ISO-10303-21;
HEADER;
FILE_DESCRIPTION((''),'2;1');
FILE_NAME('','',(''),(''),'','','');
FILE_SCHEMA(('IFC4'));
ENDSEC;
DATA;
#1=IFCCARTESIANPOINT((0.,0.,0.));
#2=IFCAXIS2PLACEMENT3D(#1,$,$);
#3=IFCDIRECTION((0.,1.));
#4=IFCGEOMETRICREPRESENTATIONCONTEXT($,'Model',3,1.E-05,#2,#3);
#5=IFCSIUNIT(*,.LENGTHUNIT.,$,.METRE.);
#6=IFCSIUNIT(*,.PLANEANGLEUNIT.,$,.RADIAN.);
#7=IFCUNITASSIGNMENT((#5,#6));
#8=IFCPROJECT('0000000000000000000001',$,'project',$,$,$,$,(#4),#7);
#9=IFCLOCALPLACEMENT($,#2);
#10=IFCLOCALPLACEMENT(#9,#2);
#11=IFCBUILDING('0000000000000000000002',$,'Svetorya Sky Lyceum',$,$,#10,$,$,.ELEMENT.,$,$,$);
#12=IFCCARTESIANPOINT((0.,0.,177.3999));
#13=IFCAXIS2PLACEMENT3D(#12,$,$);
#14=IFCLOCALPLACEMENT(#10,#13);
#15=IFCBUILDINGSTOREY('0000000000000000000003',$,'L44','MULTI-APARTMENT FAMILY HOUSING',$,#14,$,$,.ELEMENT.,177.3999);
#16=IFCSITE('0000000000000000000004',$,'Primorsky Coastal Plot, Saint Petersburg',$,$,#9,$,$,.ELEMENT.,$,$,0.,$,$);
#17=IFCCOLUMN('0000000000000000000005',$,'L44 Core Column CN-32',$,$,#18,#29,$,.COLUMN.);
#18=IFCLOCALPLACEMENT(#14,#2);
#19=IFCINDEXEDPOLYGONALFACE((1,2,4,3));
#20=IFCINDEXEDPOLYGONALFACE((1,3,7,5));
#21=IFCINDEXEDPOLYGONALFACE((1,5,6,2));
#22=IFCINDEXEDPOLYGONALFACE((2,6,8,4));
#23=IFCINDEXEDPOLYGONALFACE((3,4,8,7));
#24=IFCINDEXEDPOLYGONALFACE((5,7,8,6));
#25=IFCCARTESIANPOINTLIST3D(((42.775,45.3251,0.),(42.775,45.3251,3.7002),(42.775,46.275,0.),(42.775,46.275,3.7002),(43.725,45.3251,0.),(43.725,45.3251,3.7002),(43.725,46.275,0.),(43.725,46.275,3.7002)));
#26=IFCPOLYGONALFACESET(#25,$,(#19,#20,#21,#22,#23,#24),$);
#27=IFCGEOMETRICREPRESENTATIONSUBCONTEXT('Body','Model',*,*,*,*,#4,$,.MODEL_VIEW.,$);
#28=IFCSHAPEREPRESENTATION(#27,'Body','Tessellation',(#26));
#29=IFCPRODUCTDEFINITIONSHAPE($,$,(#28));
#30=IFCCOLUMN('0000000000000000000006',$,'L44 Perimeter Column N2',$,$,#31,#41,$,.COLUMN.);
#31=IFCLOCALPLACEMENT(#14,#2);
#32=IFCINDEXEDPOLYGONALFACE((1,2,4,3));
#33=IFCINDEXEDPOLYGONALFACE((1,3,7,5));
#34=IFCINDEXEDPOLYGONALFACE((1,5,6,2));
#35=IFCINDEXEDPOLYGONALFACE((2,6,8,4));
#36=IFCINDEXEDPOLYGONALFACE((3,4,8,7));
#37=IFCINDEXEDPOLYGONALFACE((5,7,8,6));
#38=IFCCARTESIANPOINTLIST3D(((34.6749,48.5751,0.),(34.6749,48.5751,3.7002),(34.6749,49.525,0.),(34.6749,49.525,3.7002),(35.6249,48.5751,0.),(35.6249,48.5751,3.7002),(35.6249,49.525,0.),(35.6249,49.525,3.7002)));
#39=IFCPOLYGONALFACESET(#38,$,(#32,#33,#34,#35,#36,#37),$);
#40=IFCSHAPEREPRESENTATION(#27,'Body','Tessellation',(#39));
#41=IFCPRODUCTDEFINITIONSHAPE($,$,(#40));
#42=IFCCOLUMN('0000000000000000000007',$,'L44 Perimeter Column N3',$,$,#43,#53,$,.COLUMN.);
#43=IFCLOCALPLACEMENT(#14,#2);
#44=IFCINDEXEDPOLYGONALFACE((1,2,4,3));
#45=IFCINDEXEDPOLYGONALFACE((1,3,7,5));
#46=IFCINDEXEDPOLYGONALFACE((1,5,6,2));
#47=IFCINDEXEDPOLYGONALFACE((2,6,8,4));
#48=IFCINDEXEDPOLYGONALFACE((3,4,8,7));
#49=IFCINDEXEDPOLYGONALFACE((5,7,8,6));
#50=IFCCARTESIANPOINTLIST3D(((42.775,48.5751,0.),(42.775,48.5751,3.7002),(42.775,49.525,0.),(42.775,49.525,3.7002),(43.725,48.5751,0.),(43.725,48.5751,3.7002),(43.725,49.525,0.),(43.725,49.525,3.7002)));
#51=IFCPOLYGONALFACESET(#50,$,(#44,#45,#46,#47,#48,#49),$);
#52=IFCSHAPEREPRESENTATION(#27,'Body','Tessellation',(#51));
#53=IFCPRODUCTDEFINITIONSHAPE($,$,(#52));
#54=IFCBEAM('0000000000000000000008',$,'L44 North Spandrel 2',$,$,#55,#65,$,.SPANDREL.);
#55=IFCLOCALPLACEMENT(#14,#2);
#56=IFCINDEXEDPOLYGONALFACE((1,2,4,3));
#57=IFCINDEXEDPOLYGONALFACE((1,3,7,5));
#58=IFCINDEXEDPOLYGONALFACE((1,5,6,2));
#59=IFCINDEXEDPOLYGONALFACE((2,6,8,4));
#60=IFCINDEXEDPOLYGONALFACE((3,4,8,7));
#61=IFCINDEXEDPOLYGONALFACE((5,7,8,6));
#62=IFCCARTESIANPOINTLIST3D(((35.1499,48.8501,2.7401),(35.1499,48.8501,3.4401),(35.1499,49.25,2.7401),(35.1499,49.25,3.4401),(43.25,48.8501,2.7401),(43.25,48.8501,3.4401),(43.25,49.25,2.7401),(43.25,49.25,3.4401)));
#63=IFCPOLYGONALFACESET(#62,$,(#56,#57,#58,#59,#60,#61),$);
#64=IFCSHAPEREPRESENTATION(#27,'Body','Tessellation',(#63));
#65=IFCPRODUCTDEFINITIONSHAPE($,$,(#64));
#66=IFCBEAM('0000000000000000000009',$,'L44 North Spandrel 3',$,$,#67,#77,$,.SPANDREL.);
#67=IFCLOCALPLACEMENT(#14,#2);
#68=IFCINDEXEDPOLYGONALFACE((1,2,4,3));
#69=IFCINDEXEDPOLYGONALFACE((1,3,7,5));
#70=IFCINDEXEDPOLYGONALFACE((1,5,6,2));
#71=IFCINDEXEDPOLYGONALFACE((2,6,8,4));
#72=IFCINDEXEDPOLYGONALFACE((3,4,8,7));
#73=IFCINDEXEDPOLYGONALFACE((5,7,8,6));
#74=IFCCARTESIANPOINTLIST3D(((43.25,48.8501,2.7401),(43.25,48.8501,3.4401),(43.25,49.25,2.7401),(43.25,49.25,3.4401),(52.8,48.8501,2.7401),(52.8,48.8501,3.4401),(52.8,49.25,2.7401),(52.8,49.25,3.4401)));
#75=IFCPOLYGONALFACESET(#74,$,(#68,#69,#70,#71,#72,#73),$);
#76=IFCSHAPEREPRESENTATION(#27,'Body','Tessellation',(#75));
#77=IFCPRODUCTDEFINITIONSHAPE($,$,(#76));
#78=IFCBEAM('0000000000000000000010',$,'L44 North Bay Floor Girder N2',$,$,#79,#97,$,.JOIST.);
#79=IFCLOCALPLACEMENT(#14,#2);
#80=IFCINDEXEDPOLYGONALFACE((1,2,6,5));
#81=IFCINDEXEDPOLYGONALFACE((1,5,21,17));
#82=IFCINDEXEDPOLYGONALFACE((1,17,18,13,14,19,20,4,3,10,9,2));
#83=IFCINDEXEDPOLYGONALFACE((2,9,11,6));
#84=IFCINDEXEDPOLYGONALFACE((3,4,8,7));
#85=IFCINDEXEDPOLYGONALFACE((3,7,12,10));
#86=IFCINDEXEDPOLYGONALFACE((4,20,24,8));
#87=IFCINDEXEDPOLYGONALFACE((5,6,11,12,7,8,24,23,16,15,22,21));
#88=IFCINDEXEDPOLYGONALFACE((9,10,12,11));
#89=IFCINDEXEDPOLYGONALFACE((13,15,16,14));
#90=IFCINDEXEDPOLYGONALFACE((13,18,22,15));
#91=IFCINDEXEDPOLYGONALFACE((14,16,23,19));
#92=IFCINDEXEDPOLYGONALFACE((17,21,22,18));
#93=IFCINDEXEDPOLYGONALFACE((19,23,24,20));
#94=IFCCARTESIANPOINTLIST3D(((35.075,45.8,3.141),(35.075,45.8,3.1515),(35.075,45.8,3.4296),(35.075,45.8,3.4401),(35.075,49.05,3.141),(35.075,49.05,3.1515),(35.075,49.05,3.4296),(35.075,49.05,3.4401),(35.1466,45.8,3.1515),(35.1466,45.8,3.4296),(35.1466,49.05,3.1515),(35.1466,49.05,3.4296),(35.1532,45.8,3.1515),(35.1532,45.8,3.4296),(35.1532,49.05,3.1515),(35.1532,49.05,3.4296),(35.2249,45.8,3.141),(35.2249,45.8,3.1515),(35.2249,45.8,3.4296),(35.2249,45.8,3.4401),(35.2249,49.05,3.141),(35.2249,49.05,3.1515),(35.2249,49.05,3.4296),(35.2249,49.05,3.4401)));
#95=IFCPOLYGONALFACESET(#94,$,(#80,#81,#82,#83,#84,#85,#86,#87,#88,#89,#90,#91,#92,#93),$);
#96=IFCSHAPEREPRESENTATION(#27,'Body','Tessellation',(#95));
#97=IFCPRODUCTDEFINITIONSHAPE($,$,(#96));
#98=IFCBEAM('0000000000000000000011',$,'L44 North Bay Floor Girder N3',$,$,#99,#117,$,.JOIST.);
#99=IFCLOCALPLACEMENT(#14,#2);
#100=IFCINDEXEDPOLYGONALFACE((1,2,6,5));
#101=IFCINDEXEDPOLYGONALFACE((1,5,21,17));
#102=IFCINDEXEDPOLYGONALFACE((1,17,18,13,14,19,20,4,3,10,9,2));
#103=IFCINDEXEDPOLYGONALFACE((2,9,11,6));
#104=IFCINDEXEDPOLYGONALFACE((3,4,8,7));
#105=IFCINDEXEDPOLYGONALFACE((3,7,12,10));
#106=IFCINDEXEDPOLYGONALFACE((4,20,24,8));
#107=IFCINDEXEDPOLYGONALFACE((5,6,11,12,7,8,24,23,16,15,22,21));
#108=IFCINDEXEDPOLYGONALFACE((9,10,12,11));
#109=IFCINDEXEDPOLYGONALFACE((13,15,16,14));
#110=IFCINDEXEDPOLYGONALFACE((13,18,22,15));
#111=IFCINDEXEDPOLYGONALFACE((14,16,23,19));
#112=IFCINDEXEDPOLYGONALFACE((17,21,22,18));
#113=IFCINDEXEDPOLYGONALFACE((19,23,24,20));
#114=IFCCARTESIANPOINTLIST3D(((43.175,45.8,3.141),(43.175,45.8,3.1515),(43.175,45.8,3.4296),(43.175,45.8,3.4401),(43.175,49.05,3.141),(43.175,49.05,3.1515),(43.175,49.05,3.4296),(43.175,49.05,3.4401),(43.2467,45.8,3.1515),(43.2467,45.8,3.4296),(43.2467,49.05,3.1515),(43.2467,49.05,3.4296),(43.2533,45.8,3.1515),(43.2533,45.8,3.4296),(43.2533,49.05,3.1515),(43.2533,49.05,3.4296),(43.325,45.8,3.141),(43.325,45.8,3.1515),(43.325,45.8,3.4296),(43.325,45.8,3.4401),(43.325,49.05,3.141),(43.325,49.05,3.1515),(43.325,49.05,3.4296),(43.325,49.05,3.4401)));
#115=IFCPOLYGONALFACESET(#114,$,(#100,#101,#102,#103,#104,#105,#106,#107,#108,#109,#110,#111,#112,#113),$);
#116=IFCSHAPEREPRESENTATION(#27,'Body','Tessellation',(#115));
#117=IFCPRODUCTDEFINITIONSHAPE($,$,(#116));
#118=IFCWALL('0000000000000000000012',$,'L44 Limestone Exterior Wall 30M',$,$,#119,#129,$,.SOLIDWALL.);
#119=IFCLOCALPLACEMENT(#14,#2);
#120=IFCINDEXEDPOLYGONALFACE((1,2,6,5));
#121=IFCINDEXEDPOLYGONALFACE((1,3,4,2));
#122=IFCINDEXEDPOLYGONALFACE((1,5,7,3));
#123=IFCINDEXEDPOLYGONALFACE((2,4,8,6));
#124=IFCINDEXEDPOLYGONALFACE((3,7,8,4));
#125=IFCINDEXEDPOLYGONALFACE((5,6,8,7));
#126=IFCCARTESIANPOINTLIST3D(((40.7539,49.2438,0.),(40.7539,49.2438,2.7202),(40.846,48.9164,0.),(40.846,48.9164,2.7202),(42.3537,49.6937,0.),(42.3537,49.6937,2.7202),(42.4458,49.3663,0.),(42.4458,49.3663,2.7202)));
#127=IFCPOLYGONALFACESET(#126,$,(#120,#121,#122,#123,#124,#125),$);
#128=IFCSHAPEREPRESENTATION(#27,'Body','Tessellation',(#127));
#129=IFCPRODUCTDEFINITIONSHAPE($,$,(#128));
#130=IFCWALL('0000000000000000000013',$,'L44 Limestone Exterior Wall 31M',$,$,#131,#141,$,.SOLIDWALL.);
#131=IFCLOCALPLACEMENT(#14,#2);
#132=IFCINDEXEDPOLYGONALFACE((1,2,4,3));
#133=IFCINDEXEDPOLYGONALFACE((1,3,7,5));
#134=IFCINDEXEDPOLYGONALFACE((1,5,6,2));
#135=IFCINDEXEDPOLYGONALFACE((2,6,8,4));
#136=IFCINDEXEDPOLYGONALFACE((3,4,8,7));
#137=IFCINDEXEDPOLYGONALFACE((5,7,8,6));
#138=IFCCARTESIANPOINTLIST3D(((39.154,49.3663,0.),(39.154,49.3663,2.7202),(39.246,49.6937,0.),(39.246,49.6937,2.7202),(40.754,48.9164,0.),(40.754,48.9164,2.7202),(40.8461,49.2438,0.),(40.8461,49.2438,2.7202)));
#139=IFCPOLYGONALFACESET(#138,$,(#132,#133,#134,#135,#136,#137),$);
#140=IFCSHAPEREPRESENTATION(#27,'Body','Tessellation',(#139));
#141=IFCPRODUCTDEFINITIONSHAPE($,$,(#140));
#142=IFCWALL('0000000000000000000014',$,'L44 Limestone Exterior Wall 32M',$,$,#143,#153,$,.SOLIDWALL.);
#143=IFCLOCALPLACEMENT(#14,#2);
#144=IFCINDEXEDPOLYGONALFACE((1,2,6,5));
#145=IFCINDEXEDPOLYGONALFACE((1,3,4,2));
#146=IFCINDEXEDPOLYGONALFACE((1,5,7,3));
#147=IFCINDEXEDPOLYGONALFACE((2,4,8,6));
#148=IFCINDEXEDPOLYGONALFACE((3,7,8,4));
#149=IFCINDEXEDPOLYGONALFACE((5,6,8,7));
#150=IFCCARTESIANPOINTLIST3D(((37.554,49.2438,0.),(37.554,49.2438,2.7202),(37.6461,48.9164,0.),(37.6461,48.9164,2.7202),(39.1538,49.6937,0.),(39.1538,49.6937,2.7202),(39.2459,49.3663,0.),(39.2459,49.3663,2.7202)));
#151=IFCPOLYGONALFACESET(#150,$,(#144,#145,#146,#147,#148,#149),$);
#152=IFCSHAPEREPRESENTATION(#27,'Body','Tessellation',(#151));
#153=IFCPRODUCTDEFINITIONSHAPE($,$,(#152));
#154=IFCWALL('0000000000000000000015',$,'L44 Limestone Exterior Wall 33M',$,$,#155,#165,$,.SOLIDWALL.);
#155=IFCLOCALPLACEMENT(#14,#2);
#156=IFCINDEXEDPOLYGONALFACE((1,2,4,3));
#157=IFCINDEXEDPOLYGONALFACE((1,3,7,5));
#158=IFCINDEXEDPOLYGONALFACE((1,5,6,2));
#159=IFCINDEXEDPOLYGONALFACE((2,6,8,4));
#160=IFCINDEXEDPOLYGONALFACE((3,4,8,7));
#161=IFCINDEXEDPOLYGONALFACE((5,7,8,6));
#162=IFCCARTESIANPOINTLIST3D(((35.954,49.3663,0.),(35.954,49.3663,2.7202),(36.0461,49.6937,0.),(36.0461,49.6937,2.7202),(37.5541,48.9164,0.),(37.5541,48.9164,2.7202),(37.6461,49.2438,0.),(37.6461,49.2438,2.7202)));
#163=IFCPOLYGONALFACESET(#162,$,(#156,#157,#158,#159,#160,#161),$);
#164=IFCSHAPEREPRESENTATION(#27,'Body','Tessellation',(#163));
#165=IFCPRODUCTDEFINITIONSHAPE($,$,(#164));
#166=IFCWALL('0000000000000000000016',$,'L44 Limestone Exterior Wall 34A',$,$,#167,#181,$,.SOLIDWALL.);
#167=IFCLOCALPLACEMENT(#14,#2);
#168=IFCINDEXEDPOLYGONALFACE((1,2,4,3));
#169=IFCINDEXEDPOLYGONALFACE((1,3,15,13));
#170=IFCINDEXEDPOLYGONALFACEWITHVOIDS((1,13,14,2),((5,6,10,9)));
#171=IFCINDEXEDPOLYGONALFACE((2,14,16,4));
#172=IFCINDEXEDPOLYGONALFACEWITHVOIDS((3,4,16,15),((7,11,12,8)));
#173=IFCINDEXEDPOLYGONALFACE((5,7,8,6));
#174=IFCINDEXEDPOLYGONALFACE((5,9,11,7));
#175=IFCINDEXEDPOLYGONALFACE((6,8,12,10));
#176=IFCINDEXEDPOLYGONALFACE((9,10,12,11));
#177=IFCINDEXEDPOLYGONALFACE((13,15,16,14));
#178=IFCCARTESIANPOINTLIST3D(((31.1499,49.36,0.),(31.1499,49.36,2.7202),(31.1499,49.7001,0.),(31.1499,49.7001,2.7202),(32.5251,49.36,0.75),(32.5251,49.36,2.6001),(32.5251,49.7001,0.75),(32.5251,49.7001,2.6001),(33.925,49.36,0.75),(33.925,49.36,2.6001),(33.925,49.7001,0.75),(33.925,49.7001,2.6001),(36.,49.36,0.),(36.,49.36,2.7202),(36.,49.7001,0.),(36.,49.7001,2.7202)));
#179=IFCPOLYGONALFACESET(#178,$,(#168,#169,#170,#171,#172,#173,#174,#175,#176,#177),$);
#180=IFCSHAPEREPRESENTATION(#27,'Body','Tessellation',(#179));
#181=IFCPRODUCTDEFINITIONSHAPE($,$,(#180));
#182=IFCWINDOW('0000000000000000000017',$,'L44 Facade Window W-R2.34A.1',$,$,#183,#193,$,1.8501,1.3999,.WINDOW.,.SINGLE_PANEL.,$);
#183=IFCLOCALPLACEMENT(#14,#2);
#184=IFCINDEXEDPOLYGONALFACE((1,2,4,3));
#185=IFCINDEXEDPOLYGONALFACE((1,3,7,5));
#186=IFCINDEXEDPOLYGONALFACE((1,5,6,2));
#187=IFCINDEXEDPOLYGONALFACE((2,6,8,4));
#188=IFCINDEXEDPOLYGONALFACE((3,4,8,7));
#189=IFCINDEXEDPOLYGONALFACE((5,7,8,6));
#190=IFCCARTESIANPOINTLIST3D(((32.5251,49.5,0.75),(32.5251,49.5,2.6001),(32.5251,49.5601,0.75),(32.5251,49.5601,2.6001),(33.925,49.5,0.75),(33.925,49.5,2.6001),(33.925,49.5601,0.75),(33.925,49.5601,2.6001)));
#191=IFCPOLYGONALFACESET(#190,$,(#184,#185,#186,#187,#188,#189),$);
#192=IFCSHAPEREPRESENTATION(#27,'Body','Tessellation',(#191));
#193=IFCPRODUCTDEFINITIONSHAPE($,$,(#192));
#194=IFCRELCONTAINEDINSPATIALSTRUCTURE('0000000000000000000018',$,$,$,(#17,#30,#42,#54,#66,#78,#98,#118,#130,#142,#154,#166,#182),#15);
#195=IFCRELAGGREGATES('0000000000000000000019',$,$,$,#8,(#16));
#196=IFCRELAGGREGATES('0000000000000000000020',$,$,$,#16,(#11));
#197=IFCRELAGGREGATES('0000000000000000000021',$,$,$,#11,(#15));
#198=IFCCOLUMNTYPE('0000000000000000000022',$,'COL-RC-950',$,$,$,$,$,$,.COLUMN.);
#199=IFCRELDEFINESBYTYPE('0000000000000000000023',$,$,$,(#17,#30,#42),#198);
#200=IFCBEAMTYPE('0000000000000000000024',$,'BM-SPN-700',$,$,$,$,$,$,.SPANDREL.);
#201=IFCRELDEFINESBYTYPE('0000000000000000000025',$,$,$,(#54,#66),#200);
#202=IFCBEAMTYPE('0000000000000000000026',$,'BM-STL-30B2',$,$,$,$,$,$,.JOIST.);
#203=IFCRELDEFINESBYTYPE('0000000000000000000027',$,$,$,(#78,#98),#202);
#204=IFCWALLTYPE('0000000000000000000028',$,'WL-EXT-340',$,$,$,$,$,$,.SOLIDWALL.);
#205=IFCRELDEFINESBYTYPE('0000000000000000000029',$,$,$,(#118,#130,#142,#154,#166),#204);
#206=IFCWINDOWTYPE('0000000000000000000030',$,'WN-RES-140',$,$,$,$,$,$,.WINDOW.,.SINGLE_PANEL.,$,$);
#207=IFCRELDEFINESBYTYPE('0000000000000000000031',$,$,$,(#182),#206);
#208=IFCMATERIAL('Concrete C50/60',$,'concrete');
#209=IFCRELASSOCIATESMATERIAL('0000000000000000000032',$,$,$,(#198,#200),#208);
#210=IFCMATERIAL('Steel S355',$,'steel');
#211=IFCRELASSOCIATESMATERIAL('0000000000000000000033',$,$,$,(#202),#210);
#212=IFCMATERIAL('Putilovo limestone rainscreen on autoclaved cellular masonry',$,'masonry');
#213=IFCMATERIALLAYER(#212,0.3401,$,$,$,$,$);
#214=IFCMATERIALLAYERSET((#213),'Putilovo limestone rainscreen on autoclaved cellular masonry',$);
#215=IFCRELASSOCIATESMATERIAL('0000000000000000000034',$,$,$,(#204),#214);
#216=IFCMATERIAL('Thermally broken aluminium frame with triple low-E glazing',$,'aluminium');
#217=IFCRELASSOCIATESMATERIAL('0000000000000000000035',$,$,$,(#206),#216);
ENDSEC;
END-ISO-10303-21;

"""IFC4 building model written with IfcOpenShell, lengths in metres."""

from ifc_helpers import new_model, si_unit, direction, frame, frame_2d, origin, origin_2d, place, context, subcontext, project, spatial, rectangle, i_section, extrude, material, layer, layer_set, material_profile, profile_set, type_object, element, fill, save


model = new_model("IFC4")

# Units and contexts
model_context = context("Model", 3, precision=1e-05, world=origin(), true_north=direction((0.0, 1.0)))
body_context = subcontext(model_context, "Body", "Model", "MODEL_VIEW")
ifc_project = project(units=[si_unit("LENGTHUNIT", "METRE"), si_unit("PLANEANGLEUNIT", "RADIAN")], contexts=[model_context])

# Site, building, storey
site_placement = place(None, origin())
site = spatial("IfcSite", under=ifc_project, at=site_placement, Name="Primorsky Coastal Plot, Saint Petersburg", CompositionType="ELEMENT", RefElevation=0.0)
building_placement = place(site_placement, origin())
building = spatial("IfcBuilding", under=site, at=building_placement, Name="Svetorya Sky Lyceum", CompositionType="ELEMENT")
storey_placement = place(building_placement, frame((0.0, 0.0, 177.3999)))
storey = spatial("IfcBuildingStorey", under=building, at=storey_placement, Name="L44", Description="MULTI-APARTMENT FAMILY HOUSING", CompositionType="ELEMENT", Elevation=177.3999)

# Columns
ifc_material_1 = material(Name="Concrete C50/60", Category="concrete")
ifc_material_profile_1 = material_profile(ifc_material_1, rectangle(XDim=0.95, YDim=0.95, at=origin_2d()), Name="RC COL 950x950")
ifc_profile_set_1 = profile_set([ifc_material_profile_1], Name="Concrete C50/60")
column_type = type_object("IfcColumnType", Name="COL-RC-950", PredefinedType="COLUMN", material=ifc_profile_set_1)
for number, where, z_axis, x_axis, name in (
    (1, (43.25, 45.8, 0.0), (0.0, 0.0, 1.0), (1.0, 0.0, 0.0), "L44 Core Column CN-32"),
    (2, (35.1499, 49.05, 0.0), (0.0, 0.0, 1.0), (1.0, 0.0, 0.0), "L44 Perimeter Column N2"),
    (3, (43.25, 49.05, 0.0), (0.0, 0.0, 1.0), (1.0, 0.0, 0.0), "L44 Perimeter Column N3"),
):
    element("IfcColumn", number, at=place(storey_placement, frame(where, z_axis=z_axis, x_axis=x_axis)), inside=storey, type_object=column_type, Name=name, PredefinedType="COLUMN", context=body_context, shape_type="SweptSolid", body=[
        extrude(rectangle(XDim=0.95, YDim=0.95, at=origin_2d()), origin(), (0.0, 0.0, 1.0), 3.7002),
    ])

# Beams
ifc_material_profile_2 = material_profile(ifc_material_1, rectangle(XDim=0.3999, YDim=0.7, at=origin_2d()), Name="RC SPANDREL 400x700")
ifc_profile_set_2 = profile_set([ifc_material_profile_2], Name="Concrete C50/60")
beam_type_1 = type_object("IfcBeamType", Name="BM-SPN-700", PredefinedType="SPANDREL", material=ifc_profile_set_2)
beam_1_placement = place(storey_placement, frame((35.1499, 49.05, 3.0901), z_axis=(1.0, 0.0, 0.0), x_axis=(0.0, 1.0, 0.0)))
element("IfcBeam", 4, at=beam_1_placement, inside=storey, type_object=beam_type_1, Name="L44 North Spandrel 2", PredefinedType="SPANDREL", context=body_context, shape_type="SweptSolid", body=[
    extrude(rectangle(XDim=0.3999, YDim=0.7, at=origin_2d()), origin(), (0.0, 0.0, 1.0), 8.1001),
])
beam_2_placement = place(storey_placement, frame((43.25, 49.05, 3.0901), z_axis=(1.0, 0.0, 0.0), x_axis=(0.0, 1.0, 0.0)))
element("IfcBeam", 5, at=beam_2_placement, inside=storey, type_object=beam_type_1, Name="L44 North Spandrel 3", PredefinedType="SPANDREL", context=body_context, shape_type="SweptSolid", body=[
    extrude(rectangle(XDim=0.3999, YDim=0.7, at=origin_2d()), origin(), (0.0, 0.0, 1.0), 9.55),
])
ifc_material_2 = material(Name="Steel S355", Category="steel")
ifc_material_profile_3 = material_profile(ifc_material_2, i_section(OverallWidth=0.1499, OverallDepth=0.2991, WebThickness=0.0066, FlangeThickness=0.0105, at=origin_2d()), Name="GOST 30B2")
ifc_profile_set_3 = profile_set([ifc_material_profile_3], Name="Steel S355")
beam_type_2 = type_object("IfcBeamType", Name="BM-STL-30B2", PredefinedType="JOIST", material=ifc_profile_set_3)
for number, where, z_axis, x_axis, name in (
    (6, (35.1499, 45.8, 3.2905), (0.0, 1.0, 0.0), (-1.0, 0.0, 0.0), "L44 North Bay Floor Girder N2"),
    (7, (43.25, 45.8, 3.2905), (0.0, 1.0, 0.0), (-1.0, 0.0, 0.0), "L44 North Bay Floor Girder N3"),
):
    element("IfcBeam", number, at=place(storey_placement, frame(where, z_axis=z_axis, x_axis=x_axis)), inside=storey, type_object=beam_type_2, Name=name, PredefinedType="JOIST", context=body_context, shape_type="SweptSolid", body=[
        extrude(i_section(OverallWidth=0.1499, OverallDepth=0.2991, WebThickness=0.0066, FlangeThickness=0.0105, at=origin_2d()), origin(), (0.0, 0.0, 1.0), 3.25),
    ])

# Walls
ifc_material_3 = material(Name="Putilovo limestone rainscreen on autoclaved cellular masonry", Category="masonry")
ifc_layer_1 = layer(ifc_material_3, 0.3401)
ifc_layer_set_1 = layer_set([ifc_layer_1], Name="Putilovo limestone rainscreen on autoclaved cellular masonry")
wall_type_1 = type_object("IfcWallType", Name="WL-EXT-340", PredefinedType="SOLIDWALL", material=ifc_layer_set_1)
wall_1_placement = place(storey_placement, frame((42.3999, 49.53, 0.0), z_axis=(0.0, 0.0, 1.0), x_axis=(-0.962652, -0.270741, 0.0)))
element("IfcWall", 8, at=wall_1_placement, inside=storey, type_object=wall_type_1, Name="L44 Limestone Exterior Wall 30M", PredefinedType="SOLIDWALL", context=body_context, shape_type="SweptSolid", body=[
    extrude(rectangle(XDim=1.6619, YDim=0.3401, at=frame_2d((0.8311, 0.0))), origin(), (0.0, 0.0, 1.0), 2.7202),
])
wall_2_placement = place(storey_placement, frame((40.8, 49.0801, 0.0), z_axis=(0.0, 0.0, 1.0), x_axis=(-0.962663, 0.270703, 0.0)))
element("IfcWall", 9, at=wall_2_placement, inside=storey, type_object=wall_type_1, Name="L44 Limestone Exterior Wall 31M", PredefinedType="SOLIDWALL", context=body_context, shape_type="SweptSolid", body=[
    extrude(rectangle(XDim=1.6621, YDim=0.3401, at=frame_2d((0.8311, 0.0))), origin(), (0.0, 0.0, 1.0), 2.7202),
])
wall_3_placement = place(storey_placement, frame((39.2, 49.53, 0.0), z_axis=(0.0, 0.0, 1.0), x_axis=(-0.962652, -0.270741, 0.0)))
element("IfcWall", 10, at=wall_3_placement, inside=storey, type_object=wall_type_1, Name="L44 Limestone Exterior Wall 32M", PredefinedType="SOLIDWALL", context=body_context, shape_type="SweptSolid", body=[
    extrude(rectangle(XDim=1.6619, YDim=0.3401, at=frame_2d((0.8311, 0.0))), origin(), (0.0, 0.0, 1.0), 2.7202),
])
wall_4_placement = place(storey_placement, frame((37.6001, 49.0801, 0.0), z_axis=(0.0, 0.0, 1.0), x_axis=(-0.962663, 0.270703, 0.0)))
element("IfcWall", 11, at=wall_4_placement, inside=storey, type_object=wall_type_1, Name="L44 Limestone Exterior Wall 33M", PredefinedType="SOLIDWALL", context=body_context, shape_type="SweptSolid", body=[
    extrude(rectangle(XDim=1.6621, YDim=0.3401, at=frame_2d((0.8311, 0.0))), origin(), (0.0, 0.0, 1.0), 2.7202),
])

# Wall, opening, window
wall_5_placement = place(storey_placement, frame((36.0, 49.53, 0.0), z_axis=(0.0, 0.0, 1.0), x_axis=(-1.0, 0.0, 0.0)))
wall_5 = element("IfcWall", 12, at=wall_5_placement, inside=storey, type_object=wall_type_1, Name="L44 Limestone Exterior Wall 34A", PredefinedType="SOLIDWALL", context=body_context, shape_type="SweptSolid", body=[
    extrude(rectangle(XDim=4.8501, YDim=0.3401, at=frame_2d((2.425, 0.0))), origin(), (0.0, 0.0, 1.0), 2.7202),
])
opening_1_placement = place(wall_5_placement, frame((2.075, 0.0, 0.75)))
opening_1 = element("IfcOpeningElement", 13, at=opening_1_placement, cuts=wall_5, PredefinedType="OPENING", context=body_context, shape_type="SweptSolid", body=[
    extrude(rectangle(XDim=1.3999, YDim=1.8501, at=frame_2d((0.7, 0.925))), frame((0.0, 0.1799, 0.0), z_axis=(0.0, -1.0, 0.0), x_axis=(1.0, 0.0, 0.0)), (0.0, 0.0, 1.0), 0.3601),
])
ifc_material_4 = material(Name="Thermally broken aluminium frame with triple low-E glazing", Category="aluminium")
window_type = type_object("IfcWindowType", Name="WN-RES-140", PartitioningType="SINGLE_PANEL", PredefinedType="WINDOW", material=ifc_material_4)
window_placement = place(opening_1_placement, origin())
window = element("IfcWindow", 14, at=window_placement, inside=storey, type_object=window_type, Name="L44 Facade Window W-R2.34A.1", OverallHeight=1.8501, OverallWidth=1.3999, PartitioningType="SINGLE_PANEL", PredefinedType="WINDOW", context=body_context, shape_type="SweptSolid", body=[
    extrude(rectangle(XDim=1.3999, YDim=1.8501, at=frame_2d((0.7, 0.925))), frame((0.0, 0.03, 0.0), z_axis=(0.0, -1.0, 0.0), x_axis=(1.0, 0.0, 0.0)), (0.0, 0.0, 1.0), 0.0601),
])
fill(opening_1, window)

save(model, "model.ifc")
